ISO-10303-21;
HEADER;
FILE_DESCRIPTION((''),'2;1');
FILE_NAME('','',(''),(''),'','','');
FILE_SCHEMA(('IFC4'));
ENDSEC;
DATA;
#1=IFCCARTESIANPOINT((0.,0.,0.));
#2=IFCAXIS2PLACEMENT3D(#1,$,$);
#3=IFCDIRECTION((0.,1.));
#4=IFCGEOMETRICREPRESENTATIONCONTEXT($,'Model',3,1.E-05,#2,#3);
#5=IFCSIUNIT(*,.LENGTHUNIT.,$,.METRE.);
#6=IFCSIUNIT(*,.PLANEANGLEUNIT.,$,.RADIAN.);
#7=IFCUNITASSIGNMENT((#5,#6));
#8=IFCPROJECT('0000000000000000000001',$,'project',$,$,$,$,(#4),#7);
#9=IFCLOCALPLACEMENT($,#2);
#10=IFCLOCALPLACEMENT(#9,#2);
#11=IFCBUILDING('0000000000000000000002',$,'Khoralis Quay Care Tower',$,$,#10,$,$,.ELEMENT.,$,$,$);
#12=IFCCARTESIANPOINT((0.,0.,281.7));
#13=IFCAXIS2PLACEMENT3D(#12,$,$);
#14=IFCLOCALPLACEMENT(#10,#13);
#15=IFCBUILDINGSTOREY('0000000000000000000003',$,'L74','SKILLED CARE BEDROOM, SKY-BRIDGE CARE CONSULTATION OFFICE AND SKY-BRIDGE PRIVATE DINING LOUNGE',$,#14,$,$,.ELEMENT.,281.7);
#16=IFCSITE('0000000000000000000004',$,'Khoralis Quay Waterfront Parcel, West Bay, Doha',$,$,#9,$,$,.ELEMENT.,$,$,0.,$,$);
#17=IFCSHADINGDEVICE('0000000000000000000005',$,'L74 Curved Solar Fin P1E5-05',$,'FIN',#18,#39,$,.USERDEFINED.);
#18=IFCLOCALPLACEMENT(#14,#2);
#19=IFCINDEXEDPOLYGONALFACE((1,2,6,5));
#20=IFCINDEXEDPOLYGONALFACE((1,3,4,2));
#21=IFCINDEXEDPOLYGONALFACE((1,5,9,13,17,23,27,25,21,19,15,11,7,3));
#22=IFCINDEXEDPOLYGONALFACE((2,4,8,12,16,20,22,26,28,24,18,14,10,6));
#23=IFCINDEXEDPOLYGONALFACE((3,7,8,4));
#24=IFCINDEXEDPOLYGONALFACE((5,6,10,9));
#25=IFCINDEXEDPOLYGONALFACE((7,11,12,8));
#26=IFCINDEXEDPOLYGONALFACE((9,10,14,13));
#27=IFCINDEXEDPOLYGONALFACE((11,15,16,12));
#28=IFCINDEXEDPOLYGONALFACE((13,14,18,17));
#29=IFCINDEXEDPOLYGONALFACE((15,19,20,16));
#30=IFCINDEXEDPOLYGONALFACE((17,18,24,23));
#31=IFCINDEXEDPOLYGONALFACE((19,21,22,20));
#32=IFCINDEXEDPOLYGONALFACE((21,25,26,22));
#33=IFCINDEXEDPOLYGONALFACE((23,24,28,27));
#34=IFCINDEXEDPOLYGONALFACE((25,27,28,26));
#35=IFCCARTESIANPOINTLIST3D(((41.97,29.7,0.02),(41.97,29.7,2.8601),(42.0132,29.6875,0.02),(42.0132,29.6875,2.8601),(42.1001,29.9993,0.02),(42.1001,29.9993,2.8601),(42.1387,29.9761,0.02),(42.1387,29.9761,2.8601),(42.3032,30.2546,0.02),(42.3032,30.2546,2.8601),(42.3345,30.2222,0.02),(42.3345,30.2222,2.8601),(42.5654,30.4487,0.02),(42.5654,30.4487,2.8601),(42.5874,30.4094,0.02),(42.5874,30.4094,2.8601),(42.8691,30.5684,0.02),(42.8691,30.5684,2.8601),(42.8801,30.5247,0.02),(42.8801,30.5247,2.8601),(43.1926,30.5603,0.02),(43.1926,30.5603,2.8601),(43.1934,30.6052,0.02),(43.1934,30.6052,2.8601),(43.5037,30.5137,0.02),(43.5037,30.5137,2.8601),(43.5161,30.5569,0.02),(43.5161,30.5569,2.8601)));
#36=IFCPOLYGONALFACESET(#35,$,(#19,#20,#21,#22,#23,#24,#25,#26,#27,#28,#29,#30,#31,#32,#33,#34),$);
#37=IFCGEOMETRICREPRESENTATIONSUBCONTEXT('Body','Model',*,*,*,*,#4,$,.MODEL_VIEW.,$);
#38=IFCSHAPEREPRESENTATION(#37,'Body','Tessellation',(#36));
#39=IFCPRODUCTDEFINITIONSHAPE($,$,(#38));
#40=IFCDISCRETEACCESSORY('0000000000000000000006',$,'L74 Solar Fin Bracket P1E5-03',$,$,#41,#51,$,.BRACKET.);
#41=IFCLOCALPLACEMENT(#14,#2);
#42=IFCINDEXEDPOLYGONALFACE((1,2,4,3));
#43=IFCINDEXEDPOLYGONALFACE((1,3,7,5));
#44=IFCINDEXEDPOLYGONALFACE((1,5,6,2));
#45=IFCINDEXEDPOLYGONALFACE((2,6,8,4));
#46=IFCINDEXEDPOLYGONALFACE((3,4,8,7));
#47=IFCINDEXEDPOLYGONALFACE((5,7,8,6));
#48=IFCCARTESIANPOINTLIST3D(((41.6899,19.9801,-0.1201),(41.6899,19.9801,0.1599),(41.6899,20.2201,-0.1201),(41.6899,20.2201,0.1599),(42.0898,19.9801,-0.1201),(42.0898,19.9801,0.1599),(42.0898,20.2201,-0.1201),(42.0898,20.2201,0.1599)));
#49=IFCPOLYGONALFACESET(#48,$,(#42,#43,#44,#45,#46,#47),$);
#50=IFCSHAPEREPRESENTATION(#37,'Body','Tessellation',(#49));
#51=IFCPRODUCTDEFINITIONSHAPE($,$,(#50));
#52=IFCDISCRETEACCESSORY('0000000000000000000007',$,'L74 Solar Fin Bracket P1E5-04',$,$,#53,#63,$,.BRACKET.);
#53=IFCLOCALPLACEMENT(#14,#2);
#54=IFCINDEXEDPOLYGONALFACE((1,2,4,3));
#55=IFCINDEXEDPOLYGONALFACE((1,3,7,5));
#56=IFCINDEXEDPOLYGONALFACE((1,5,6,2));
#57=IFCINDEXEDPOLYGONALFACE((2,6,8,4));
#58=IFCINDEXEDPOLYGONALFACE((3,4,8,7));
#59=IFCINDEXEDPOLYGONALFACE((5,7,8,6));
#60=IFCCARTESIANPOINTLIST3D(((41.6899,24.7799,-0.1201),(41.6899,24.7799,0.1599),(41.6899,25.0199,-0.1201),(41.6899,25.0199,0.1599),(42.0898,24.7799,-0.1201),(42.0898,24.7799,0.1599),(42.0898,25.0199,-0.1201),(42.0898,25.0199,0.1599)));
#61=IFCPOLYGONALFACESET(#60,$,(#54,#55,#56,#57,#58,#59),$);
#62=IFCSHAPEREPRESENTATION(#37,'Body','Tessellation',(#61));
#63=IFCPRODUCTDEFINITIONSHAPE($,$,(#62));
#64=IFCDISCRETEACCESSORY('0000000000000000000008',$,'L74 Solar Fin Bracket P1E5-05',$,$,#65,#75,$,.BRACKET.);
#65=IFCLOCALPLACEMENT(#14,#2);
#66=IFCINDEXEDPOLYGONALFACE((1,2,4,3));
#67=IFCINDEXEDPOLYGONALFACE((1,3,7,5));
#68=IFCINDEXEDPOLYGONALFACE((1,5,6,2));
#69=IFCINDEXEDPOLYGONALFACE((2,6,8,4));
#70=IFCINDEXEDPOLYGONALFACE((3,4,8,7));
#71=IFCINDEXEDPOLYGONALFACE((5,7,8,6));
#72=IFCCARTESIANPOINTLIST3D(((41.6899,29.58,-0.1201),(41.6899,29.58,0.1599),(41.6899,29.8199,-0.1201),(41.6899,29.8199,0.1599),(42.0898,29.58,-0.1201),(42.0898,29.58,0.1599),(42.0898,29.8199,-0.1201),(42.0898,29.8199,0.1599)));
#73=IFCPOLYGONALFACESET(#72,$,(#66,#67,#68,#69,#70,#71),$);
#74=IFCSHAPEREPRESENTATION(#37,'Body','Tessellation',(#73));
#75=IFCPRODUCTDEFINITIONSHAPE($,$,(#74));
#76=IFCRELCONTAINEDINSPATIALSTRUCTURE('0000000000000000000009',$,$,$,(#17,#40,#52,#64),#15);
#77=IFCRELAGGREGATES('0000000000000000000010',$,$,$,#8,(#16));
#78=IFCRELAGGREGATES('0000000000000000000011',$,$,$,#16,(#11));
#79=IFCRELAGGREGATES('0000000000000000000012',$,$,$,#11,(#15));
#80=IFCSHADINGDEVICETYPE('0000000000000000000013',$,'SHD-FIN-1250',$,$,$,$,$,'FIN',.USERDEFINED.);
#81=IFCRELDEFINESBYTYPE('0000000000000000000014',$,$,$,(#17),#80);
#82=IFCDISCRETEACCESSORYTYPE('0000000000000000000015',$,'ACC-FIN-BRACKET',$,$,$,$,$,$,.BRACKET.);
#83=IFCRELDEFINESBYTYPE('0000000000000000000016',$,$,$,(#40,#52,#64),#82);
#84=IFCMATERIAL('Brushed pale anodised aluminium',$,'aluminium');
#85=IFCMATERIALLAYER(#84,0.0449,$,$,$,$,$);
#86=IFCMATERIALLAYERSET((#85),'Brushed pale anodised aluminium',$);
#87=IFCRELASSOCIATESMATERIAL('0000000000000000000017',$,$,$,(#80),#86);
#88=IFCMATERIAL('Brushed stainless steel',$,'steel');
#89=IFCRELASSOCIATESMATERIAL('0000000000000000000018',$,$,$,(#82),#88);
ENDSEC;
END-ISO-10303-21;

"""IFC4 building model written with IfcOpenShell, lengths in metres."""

from ifc_helpers import new_model, si_unit, direction, frame, origin, origin_2d, place, context, subcontext, project, spatial, polyline, rectangle, outline, extrude, source, transform, mapped, material, layer, layer_set, type_object, element, save


model = new_model("IFC4")

# Units and contexts
model_context = context("Model", 3, precision=1e-05, world=origin(), true_north=direction((0.0, 1.0)))
body_context = subcontext(model_context, "Body", "Model", "MODEL_VIEW")
ifc_project = project(units=[si_unit("LENGTHUNIT", "METRE"), si_unit("PLANEANGLEUNIT", "RADIAN")], contexts=[model_context])

# Site, building, storey
site_placement = place(None, origin())
site = spatial("IfcSite", under=ifc_project, at=site_placement, Name="Khoralis Quay Waterfront Parcel, West Bay, Doha", CompositionType="ELEMENT", RefElevation=0.0)
building_placement = place(site_placement, origin())
building = spatial("IfcBuilding", under=site, at=building_placement, Name="Khoralis Quay Care Tower", CompositionType="ELEMENT")
storey_placement = place(building_placement, frame((0.0, 0.0, 281.7)))
storey = spatial("IfcBuildingStorey", under=building, at=storey_placement, Name="L74", Description="SKILLED CARE BEDROOM, SKY-BRIDGE CARE CONSULTATION OFFICE AND SKY-BRIDGE PRIVATE DINING LOUNGE", CompositionType="ELEMENT", Elevation=281.7)

# Shading device
ifc_material_1 = material(Name="Brushed pale anodised aluminium", Category="aluminium")
ifc_layer_1 = layer(ifc_material_1, 0.0449)
ifc_layer_set_1 = layer_set([ifc_layer_1], Name="Brushed pale anodised aluminium")
shading_device_type = type_object("IfcShadingDeviceType", Name="SHD-FIN-1250", ElementType="FIN", PredefinedType="USERDEFINED", material=ifc_layer_set_1)
shared_shape_1 = source(origin(), body_context, "Body", "SweptSolid", [
    extrude(outline(polyline([(0.0, 0.0), (0.1301, 0.2993), (0.3333, 0.5547), (0.5955, 0.7488), (0.8992, 0.8684), (1.2234, 0.9053), (1.5461, 0.8569), (1.5337, 0.8137), (1.2227, 0.8604), (0.9102, 0.8247), (0.6174, 0.7095), (0.3645, 0.5222), (0.1687, 0.2761), (0.0432, -0.0125), (0.0, 0.0)])), origin(), (0.0, 0.0, 1.0), 2.8401),
])
for number, where, z_axis, x_axis, name in (
    (1, (41.97, 29.7, 0.02), (0.0, 0.0, 1.0), (1.0, 0.0, 0.0), "L74 Curved Solar Fin P1E5-05"),
):
    element("IfcShadingDevice", number, at=place(storey_placement, frame(where, z_axis=z_axis, x_axis=x_axis)), inside=storey, type_object=shading_device_type, Name=name, ObjectType="FIN", PredefinedType="USERDEFINED", context=body_context, shape_type="MappedRepresentation", body=[
        mapped(shared_shape_1, transform((0.0, 0.0, 0.0), scale=1.0)),
    ])

# Discrete accessories
ifc_material_2 = material(Name="Brushed stainless steel", Category="steel")
discrete_accessory_type = type_object("IfcDiscreteAccessoryType", Name="ACC-FIN-BRACKET", PredefinedType="BRACKET", material=ifc_material_2)
shared_shape_2 = source(origin(), body_context, "Body", "SweptSolid", [
    extrude(rectangle(XDim=0.3999, YDim=0.24, at=origin_2d()), origin(), (0.0, 0.0, 1.0), 0.28),
])
for number, where, z_axis, x_axis, name in (
    (2, (41.8899, 20.1001, -0.1201), (0.0, 0.0, 1.0), (1.0, 0.0, 0.0), "L74 Solar Fin Bracket P1E5-03"),
    (3, (41.8899, 24.8999, -0.1201), (0.0, 0.0, 1.0), (1.0, 0.0, 0.0), "L74 Solar Fin Bracket P1E5-04"),
    (4, (41.8899, 29.7, -0.1201), (0.0, 0.0, 1.0), (1.0, 0.0, 0.0), "L74 Solar Fin Bracket P1E5-05"),
):
    element("IfcDiscreteAccessory", number, at=place(storey_placement, frame(where, z_axis=z_axis, x_axis=x_axis)), inside=storey, type_object=discrete_accessory_type, Name=name, PredefinedType="BRACKET", context=body_context, shape_type="MappedRepresentation", body=[
        mapped(shared_shape_2, transform((0.0, 0.0, 0.0), scale=1.0)),
    ])

save(model, "model.ifc")
